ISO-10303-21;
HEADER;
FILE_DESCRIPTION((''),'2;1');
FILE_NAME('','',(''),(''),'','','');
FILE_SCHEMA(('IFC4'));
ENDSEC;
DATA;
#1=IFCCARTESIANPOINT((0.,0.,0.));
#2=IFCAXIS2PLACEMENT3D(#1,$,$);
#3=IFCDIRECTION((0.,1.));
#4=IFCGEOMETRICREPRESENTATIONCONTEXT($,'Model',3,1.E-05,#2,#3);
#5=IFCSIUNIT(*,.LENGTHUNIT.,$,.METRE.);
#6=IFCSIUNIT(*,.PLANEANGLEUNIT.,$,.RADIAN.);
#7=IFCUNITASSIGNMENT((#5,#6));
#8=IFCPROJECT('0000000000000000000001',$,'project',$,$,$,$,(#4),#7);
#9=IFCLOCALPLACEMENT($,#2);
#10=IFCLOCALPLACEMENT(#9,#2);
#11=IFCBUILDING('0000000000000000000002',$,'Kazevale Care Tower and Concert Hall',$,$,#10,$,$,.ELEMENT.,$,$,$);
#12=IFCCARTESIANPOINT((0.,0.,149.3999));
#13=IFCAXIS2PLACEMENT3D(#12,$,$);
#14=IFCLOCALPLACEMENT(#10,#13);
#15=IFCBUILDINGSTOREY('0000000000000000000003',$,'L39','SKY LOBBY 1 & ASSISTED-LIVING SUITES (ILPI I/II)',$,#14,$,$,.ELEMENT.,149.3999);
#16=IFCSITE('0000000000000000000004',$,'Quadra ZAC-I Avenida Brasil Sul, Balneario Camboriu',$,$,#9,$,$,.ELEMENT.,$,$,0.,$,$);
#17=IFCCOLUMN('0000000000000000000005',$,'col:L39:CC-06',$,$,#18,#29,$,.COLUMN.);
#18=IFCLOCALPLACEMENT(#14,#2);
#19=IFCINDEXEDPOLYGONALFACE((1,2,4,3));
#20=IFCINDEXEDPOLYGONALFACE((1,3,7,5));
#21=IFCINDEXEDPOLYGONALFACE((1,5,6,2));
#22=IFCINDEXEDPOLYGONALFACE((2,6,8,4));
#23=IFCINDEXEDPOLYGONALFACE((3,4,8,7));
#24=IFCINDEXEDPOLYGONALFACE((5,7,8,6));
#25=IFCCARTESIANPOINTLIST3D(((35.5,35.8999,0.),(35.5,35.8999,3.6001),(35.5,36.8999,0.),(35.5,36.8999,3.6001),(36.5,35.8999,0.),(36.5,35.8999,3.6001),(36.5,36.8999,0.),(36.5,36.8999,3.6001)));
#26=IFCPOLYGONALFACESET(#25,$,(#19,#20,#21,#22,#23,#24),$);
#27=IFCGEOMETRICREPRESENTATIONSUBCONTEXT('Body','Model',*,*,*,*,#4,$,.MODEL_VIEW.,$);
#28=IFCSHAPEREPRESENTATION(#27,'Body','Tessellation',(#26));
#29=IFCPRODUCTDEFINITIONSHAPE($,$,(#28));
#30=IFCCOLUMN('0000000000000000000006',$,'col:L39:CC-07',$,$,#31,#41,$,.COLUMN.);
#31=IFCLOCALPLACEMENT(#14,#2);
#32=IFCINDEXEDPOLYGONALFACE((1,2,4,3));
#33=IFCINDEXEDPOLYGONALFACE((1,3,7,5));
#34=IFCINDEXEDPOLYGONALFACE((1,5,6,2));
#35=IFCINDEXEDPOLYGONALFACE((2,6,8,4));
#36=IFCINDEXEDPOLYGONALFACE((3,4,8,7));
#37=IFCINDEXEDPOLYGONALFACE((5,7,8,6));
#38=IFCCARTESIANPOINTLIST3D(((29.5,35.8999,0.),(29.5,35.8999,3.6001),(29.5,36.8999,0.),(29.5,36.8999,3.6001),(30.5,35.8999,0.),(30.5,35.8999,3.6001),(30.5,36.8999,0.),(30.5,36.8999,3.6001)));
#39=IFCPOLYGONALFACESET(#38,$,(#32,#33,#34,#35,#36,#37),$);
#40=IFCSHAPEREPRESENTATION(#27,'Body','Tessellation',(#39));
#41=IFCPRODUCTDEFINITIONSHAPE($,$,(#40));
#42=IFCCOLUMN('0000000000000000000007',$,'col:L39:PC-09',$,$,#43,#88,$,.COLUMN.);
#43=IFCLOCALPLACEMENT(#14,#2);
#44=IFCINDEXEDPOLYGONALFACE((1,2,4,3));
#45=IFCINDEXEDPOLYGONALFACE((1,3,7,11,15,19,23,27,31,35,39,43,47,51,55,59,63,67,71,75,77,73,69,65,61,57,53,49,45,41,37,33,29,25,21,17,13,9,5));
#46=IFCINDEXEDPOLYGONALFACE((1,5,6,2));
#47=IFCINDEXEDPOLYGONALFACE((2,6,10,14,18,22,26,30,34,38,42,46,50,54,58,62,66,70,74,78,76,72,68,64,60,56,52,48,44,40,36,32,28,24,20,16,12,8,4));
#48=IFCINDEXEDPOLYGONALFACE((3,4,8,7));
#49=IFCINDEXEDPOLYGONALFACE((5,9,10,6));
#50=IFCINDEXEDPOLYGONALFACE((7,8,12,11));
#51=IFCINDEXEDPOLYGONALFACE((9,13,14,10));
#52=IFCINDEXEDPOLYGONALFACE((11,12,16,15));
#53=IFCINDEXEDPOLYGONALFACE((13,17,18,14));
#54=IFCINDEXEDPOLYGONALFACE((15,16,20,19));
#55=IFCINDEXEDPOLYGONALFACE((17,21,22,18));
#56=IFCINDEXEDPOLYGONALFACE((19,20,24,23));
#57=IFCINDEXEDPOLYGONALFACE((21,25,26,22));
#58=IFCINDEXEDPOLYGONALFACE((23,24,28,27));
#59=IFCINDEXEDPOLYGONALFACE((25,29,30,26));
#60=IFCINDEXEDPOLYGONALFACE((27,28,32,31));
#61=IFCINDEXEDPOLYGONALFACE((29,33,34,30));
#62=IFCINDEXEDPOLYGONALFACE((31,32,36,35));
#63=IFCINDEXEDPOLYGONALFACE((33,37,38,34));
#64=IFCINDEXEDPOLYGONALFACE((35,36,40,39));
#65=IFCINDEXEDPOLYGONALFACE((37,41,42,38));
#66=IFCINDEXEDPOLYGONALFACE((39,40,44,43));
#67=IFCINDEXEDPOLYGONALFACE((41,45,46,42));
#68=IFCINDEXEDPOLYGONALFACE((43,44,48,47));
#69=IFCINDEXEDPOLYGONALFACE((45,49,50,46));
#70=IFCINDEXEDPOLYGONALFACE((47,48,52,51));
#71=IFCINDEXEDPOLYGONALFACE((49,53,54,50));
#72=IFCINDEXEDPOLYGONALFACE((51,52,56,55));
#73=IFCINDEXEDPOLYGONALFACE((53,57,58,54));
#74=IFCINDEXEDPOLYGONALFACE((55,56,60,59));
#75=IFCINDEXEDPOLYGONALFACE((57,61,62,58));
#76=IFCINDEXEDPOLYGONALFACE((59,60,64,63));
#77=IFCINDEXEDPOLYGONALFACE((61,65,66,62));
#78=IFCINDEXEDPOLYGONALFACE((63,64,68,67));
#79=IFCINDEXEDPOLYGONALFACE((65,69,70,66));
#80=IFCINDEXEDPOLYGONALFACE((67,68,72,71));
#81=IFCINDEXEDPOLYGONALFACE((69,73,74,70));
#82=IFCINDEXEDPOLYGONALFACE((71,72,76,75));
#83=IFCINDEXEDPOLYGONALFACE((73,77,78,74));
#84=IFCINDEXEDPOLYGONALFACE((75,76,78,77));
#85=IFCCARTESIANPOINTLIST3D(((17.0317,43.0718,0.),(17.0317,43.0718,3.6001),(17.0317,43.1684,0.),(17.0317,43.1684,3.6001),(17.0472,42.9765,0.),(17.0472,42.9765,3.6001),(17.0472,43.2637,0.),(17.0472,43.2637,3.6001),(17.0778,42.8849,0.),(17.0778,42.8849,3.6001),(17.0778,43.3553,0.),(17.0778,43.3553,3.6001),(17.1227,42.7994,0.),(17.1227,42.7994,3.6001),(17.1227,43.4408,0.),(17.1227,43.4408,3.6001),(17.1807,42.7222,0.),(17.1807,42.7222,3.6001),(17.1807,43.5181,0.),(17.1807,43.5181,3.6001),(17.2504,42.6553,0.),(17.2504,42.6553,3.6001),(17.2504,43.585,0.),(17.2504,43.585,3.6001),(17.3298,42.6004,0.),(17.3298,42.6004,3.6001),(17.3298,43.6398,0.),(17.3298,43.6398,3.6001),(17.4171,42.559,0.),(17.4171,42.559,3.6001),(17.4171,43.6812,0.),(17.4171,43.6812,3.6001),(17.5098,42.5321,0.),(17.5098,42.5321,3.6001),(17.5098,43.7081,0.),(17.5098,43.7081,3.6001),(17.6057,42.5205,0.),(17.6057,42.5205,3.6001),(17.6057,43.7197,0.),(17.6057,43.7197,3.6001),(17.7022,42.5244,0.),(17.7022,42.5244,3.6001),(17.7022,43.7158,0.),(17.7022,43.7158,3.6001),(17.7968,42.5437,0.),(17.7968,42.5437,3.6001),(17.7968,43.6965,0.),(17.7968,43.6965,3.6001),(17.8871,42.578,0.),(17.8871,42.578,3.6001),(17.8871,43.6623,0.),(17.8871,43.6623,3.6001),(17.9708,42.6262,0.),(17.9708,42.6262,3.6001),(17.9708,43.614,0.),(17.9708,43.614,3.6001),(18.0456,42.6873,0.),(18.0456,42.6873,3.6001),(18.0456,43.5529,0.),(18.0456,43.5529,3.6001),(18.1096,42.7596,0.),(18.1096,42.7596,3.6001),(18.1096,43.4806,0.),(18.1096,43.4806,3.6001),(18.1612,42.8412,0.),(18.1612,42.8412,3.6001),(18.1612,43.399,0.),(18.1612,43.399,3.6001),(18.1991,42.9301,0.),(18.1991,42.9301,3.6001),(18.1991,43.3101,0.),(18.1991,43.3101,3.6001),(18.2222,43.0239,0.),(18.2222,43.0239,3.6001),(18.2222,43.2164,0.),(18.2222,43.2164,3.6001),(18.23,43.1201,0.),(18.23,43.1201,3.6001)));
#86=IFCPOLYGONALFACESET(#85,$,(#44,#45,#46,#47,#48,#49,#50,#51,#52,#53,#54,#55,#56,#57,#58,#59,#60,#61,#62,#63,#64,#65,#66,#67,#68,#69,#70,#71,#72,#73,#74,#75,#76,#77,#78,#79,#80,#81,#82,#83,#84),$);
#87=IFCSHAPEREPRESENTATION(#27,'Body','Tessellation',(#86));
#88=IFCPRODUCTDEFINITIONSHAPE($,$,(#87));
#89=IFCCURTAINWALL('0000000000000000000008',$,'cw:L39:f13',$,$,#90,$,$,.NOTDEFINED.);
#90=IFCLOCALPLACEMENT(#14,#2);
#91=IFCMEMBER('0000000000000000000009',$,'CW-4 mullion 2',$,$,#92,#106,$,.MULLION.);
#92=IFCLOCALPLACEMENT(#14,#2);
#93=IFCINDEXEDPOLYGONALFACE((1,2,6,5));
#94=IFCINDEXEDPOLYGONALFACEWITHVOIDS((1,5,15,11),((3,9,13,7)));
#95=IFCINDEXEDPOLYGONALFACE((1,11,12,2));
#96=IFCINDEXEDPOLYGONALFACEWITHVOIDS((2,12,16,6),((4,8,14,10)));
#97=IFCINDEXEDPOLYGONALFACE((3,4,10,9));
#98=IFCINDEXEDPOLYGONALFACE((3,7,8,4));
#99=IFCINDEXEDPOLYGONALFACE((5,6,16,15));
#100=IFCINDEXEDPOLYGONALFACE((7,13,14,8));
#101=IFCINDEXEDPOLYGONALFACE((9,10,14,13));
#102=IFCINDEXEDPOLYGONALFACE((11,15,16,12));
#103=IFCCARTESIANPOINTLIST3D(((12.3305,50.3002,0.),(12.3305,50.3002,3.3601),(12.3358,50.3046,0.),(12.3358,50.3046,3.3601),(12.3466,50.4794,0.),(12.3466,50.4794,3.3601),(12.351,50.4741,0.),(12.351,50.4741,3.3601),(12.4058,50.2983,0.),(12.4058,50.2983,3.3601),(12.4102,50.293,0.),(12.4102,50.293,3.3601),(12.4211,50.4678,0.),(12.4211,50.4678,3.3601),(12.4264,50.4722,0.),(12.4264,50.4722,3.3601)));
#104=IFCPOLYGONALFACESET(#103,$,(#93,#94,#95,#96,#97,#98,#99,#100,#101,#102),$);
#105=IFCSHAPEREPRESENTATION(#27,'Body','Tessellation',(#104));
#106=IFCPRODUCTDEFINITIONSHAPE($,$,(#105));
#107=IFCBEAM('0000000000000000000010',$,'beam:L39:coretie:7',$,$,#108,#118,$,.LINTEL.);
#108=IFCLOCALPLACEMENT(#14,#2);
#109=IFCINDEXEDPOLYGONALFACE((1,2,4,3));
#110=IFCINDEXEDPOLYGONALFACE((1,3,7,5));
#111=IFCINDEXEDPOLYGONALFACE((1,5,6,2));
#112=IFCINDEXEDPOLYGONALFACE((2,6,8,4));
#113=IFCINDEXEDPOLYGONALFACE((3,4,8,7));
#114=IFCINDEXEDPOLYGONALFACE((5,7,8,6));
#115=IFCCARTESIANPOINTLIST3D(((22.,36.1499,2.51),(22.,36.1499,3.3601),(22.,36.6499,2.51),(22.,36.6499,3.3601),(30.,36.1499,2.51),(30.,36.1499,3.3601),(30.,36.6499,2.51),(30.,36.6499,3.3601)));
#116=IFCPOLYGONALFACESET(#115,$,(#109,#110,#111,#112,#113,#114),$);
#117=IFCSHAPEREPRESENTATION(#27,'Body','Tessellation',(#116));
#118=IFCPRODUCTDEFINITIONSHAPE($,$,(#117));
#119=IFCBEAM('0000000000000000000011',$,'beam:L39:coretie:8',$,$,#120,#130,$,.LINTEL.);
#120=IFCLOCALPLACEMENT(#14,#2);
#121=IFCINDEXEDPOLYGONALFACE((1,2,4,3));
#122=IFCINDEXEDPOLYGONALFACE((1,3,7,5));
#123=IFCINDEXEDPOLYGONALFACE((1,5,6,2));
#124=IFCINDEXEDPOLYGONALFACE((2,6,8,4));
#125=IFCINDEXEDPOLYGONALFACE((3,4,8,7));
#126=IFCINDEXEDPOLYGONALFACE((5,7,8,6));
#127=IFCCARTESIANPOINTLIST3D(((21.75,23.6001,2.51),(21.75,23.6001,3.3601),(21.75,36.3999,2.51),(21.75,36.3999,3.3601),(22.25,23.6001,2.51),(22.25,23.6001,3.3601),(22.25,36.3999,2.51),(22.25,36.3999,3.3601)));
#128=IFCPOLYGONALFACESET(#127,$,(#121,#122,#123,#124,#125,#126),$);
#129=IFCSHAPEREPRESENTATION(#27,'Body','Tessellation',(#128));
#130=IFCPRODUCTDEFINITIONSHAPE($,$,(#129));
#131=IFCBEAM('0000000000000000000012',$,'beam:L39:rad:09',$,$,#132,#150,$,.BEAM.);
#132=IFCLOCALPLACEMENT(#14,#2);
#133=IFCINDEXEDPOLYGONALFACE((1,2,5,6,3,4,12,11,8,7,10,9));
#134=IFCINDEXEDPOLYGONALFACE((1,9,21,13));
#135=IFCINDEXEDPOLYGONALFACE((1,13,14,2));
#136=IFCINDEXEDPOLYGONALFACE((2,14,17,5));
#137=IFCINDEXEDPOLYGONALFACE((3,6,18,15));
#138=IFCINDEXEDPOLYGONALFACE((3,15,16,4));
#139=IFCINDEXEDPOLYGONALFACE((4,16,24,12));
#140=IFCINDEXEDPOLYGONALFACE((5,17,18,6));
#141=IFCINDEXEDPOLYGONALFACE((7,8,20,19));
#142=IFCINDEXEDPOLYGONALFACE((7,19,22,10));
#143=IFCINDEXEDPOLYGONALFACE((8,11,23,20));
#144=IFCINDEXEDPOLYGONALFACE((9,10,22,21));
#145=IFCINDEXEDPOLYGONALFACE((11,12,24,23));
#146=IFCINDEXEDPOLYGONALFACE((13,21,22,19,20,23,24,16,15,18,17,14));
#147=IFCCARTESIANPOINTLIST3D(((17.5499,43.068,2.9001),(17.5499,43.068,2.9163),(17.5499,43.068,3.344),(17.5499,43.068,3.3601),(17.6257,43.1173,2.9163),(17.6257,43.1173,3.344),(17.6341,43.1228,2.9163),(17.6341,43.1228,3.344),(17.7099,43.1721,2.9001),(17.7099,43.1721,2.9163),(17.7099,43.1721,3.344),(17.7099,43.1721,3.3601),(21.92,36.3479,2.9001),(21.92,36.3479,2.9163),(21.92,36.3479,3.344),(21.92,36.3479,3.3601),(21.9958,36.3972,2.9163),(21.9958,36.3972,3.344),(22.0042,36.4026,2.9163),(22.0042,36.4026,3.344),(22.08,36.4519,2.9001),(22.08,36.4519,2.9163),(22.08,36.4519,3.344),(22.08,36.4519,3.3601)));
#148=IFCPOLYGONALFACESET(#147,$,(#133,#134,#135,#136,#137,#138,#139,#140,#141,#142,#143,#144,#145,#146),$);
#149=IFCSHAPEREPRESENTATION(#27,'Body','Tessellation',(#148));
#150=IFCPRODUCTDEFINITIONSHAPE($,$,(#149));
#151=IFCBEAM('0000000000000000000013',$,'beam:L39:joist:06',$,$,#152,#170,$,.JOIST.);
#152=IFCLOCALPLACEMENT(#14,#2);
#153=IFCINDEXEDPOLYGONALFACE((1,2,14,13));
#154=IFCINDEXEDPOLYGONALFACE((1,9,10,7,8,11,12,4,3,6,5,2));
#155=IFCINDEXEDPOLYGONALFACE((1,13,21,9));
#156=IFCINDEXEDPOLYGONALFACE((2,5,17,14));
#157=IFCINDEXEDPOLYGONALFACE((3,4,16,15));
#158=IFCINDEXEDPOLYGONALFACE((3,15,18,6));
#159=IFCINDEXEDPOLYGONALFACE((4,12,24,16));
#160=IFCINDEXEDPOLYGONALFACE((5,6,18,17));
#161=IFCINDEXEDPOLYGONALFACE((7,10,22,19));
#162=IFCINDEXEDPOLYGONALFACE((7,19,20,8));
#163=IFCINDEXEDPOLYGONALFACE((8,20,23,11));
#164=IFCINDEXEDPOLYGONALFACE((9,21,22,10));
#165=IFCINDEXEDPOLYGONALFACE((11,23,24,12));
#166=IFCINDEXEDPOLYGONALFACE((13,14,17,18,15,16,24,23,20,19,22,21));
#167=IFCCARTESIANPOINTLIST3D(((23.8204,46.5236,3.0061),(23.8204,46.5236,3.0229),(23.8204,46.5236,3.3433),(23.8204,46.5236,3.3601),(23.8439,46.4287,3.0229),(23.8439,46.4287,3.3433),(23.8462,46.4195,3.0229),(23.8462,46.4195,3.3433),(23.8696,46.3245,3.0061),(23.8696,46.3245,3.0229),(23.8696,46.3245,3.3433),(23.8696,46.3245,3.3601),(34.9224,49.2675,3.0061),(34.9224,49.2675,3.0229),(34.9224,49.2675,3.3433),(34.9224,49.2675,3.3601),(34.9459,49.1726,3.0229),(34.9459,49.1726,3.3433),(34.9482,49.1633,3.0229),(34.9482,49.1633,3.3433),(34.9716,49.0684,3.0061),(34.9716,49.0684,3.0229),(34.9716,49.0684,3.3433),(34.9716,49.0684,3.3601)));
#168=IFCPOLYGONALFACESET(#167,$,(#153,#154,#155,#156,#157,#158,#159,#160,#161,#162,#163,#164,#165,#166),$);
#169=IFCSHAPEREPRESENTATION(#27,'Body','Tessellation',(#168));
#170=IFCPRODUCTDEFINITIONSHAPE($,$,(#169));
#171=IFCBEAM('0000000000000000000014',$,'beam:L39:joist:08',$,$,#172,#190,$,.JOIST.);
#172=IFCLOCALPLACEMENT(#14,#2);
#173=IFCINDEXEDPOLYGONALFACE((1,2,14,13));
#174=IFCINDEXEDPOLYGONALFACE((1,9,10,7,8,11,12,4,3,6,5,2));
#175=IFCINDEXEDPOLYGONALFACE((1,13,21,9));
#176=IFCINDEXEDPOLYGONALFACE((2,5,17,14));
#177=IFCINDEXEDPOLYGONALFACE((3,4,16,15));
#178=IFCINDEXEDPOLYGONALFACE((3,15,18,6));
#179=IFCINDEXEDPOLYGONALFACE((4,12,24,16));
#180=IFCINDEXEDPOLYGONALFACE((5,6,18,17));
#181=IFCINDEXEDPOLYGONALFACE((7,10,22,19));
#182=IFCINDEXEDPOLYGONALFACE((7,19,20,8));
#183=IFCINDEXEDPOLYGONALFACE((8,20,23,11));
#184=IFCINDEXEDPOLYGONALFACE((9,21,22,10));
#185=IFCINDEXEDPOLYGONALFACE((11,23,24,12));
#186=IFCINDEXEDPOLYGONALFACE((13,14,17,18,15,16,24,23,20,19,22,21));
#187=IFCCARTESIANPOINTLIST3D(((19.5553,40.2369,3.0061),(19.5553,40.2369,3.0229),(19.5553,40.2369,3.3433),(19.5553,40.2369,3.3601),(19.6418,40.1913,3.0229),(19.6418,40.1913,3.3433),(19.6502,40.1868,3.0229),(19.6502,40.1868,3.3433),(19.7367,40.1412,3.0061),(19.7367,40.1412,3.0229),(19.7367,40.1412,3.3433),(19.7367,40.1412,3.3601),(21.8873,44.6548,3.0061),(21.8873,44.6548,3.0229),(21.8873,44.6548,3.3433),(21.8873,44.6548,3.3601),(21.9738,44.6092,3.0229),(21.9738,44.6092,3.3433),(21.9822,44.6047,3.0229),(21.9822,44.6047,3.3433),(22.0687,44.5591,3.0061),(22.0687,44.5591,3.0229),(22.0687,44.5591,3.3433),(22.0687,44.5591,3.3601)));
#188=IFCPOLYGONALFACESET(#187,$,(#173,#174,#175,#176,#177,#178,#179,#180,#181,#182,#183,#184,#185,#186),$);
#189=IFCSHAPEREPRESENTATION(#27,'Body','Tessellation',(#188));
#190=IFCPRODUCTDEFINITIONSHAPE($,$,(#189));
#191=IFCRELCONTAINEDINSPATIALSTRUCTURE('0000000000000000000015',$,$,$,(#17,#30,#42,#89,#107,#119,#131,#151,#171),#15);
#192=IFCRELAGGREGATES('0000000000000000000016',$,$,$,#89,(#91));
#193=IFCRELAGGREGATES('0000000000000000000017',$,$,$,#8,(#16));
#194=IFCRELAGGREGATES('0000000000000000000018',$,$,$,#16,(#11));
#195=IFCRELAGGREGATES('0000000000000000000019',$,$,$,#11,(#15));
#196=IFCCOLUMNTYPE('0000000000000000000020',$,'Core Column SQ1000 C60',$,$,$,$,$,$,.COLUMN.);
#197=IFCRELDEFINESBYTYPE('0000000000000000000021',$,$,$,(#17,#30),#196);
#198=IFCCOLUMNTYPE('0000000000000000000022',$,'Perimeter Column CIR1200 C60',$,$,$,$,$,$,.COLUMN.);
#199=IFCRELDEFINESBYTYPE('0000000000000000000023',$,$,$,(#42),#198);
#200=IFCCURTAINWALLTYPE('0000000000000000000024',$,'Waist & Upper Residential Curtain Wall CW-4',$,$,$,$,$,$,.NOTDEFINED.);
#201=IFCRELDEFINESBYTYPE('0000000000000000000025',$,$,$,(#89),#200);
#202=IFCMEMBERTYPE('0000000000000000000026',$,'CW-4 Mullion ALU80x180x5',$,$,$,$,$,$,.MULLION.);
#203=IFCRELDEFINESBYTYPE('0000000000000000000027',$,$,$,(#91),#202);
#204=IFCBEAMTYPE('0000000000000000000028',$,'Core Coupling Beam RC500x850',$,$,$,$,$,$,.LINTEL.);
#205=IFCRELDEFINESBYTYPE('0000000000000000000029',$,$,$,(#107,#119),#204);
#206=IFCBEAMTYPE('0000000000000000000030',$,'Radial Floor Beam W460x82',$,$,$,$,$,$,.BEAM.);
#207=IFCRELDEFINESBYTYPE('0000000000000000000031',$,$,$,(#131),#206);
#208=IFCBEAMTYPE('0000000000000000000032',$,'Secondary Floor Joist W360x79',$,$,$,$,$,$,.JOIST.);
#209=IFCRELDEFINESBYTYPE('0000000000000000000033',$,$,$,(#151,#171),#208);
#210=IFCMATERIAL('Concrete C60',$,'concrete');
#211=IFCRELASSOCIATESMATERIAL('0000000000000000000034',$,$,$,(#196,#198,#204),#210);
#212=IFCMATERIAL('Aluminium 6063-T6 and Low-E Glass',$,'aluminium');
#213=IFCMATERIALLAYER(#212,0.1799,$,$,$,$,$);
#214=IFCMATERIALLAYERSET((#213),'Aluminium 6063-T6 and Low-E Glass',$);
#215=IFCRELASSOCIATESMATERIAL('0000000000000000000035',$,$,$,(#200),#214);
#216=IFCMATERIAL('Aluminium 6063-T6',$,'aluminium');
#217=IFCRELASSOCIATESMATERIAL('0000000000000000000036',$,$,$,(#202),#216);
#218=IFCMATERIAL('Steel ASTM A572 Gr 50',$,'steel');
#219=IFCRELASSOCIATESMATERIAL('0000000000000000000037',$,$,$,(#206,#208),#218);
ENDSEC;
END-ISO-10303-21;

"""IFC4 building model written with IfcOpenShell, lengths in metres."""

from ifc_helpers import new_model, si_unit, direction, frame, origin, origin_2d, place, context, subcontext, project, spatial, rectangle, hollow_rectangle, circle, i_section, extrude, material, layer, layer_set, material_profile, profile_set, type_object, element, aggregate, save


model = new_model("IFC4")

# Units and contexts
model_context = context("Model", 3, precision=1e-05, world=origin(), true_north=direction((0.0, 1.0)))
body_context = subcontext(model_context, "Body", "Model", "MODEL_VIEW")
ifc_project = project(units=[si_unit("LENGTHUNIT", "METRE"), si_unit("PLANEANGLEUNIT", "RADIAN")], contexts=[model_context])

# Site, building, storey
site_placement = place(None, origin())
site = spatial("IfcSite", under=ifc_project, at=site_placement, Name="Quadra ZAC-I Avenida Brasil Sul, Balneario Camboriu", CompositionType="ELEMENT", RefElevation=0.0)
building_placement = place(site_placement, origin())
building = spatial("IfcBuilding", under=site, at=building_placement, Name="Kazevale Care Tower and Concert Hall", CompositionType="ELEMENT")
storey_placement = place(building_placement, frame((0.0, 0.0, 149.3999)))
storey = spatial("IfcBuildingStorey", under=building, at=storey_placement, Name="L39", Description="SKY LOBBY 1 & ASSISTED-LIVING SUITES (ILPI I/II)", CompositionType="ELEMENT", Elevation=149.3999)

# Columns
ifc_material_1 = material(Name="Concrete C60", Category="concrete")
ifc_material_profile_1 = material_profile(ifc_material_1, rectangle(XDim=1.0, YDim=1.0, at=origin_2d()), Name="RC-SQ1000")
ifc_profile_set_1 = profile_set([ifc_material_profile_1], Name="Concrete C60")
column_type_1 = type_object("IfcColumnType", Name="Core Column SQ1000 C60", PredefinedType="COLUMN", material=ifc_profile_set_1)
for number, where, z_axis, x_axis, name in (
    (1, (36.0, 36.3999, 0.0), (0.0, 0.0, 1.0), (1.0, 0.0, 0.0), "col:L39:CC-06"),
    (2, (30.0, 36.3999, 0.0), (0.0, 0.0, 1.0), (1.0, 0.0, 0.0), "col:L39:CC-07"),
):
    element("IfcColumn", number, at=place(storey_placement, frame(where, z_axis=z_axis, x_axis=x_axis)), inside=storey, type_object=column_type_1, Name=name, PredefinedType="COLUMN", context=body_context, shape_type="SweptSolid", body=[
        extrude(rectangle(XDim=1.0, YDim=1.0, at=origin_2d()), origin(), (0.0, 0.0, 1.0), 3.6001),
    ])
ifc_material_profile_2 = material_profile(ifc_material_1, circle(Radius=0.6001, at=origin_2d()), Name="RC-CIR1200")
ifc_profile_set_2 = profile_set([ifc_material_profile_2], Name="Concrete C60")
column_type_2 = type_object("IfcColumnType", Name="Perimeter Column CIR1200 C60", PredefinedType="COLUMN", material=ifc_profile_set_2)
column_placement = place(storey_placement, frame((17.6299, 43.1201, 0.0), z_axis=(0.0, 0.0, 1.0), x_axis=(1.0, 0.0, 0.0)))
element("IfcColumn", 3, at=column_placement, inside=storey, type_object=column_type_2, Name="col:L39:PC-09", PredefinedType="COLUMN", context=body_context, shape_type="SweptSolid", body=[
    extrude(circle(Radius=0.6001, at=origin_2d()), origin(), (0.0, 0.0, 1.0), 3.6001),
])

# Curtain wall, member
ifc_material_2 = material(Name="Aluminium 6063-T6 and Low-E Glass", Category="aluminium")
ifc_layer_1 = layer(ifc_material_2, 0.1799)
ifc_layer_set_1 = layer_set([ifc_layer_1], Name="Aluminium 6063-T6 and Low-E Glass")
curtain_wall_type = type_object("IfcCurtainWallType", Name="Waist & Upper Residential Curtain Wall CW-4", PredefinedType="NOTDEFINED", material=ifc_layer_set_1)
curtain_wall_placement = place(storey_placement, origin())
curtain_wall = element("IfcCurtainWall", 4, at=curtain_wall_placement, inside=storey, type_object=curtain_wall_type, Name="cw:L39:f13", PredefinedType="NOTDEFINED")
ifc_material_3 = material(Name="Aluminium 6063-T6", Category="aluminium")
ifc_material_profile_3 = material_profile(ifc_material_3, hollow_rectangle(XDim=0.0801, YDim=0.1799, WallThickness=0.0049, at=origin_2d()), Name="ALU80x180x5")
ifc_profile_set_3 = profile_set([ifc_material_profile_3], Name="Aluminium 6063-T6")
member_type = type_object("IfcMemberType", Name="CW-4 Mullion ALU80x180x5", PredefinedType="MULLION", material=ifc_profile_set_3)
member_placement = place(storey_placement, frame((12.3784, 50.3862, 0.0), z_axis=(0.0, 0.0, 1.0), x_axis=(-0.99597, 0.08969, 0.0)))
member = element("IfcMember", 5, at=member_placement, type_object=member_type, Name="CW-4 mullion 2", PredefinedType="MULLION", context=body_context, shape_type="SweptSolid", body=[
    extrude(hollow_rectangle(XDim=0.0801, YDim=0.1799, WallThickness=0.0049, at=origin_2d()), origin(), (0.0, 0.0, 1.0), 3.3601),
])

# Beams
ifc_material_profile_4 = material_profile(ifc_material_1, rectangle(XDim=0.5, YDim=0.8501, at=origin_2d()), Name="RC-B500x850")
ifc_profile_set_4 = profile_set([ifc_material_profile_4], Name="Concrete C60")
beam_type_1 = type_object("IfcBeamType", Name="Core Coupling Beam RC500x850", PredefinedType="LINTEL", material=ifc_profile_set_4)
beam_1_placement = place(storey_placement, frame((30.0, 36.3999, 2.9351), z_axis=(-1.0, 0.0, 0.0), x_axis=(0.0, -1.0, 0.0)))
element("IfcBeam", 6, at=beam_1_placement, inside=storey, type_object=beam_type_1, Name="beam:L39:coretie:7", PredefinedType="LINTEL", context=body_context, shape_type="SweptSolid", body=[
    extrude(rectangle(XDim=0.5, YDim=0.8501, at=origin_2d()), origin(), (0.0, 0.0, 1.0), 8.0),
])
beam_2_placement = place(storey_placement, frame((22.0, 36.3999, 2.9351), z_axis=(0.0, -1.0, 0.0), x_axis=(1.0, 0.0, 0.0)))
element("IfcBeam", 7, at=beam_2_placement, inside=storey, type_object=beam_type_1, Name="beam:L39:coretie:8", PredefinedType="LINTEL", context=body_context, shape_type="SweptSolid", body=[
    extrude(rectangle(XDim=0.5, YDim=0.8501, at=origin_2d()), origin(), (0.0, 0.0, 1.0), 12.7998),
])
ifc_material_4 = material(Name="Steel ASTM A572 Gr 50", Category="steel")
ifc_material_profile_5 = material_profile(ifc_material_4, i_section(OverallWidth=0.1909, OverallDepth=0.46, WebThickness=0.01, FlangeThickness=0.0161, at=origin_2d()), Name="W460x82")
ifc_profile_set_5 = profile_set([ifc_material_profile_5], Name="Steel ASTM A572 Gr 50")
beam_type_2 = type_object("IfcBeamType", Name="Radial Floor Beam W460x82", PredefinedType="BEAM", material=ifc_profile_set_5)
beam_3_placement = place(storey_placement, frame((22.0, 36.3999, 3.1301), z_axis=(-0.545162, 0.838331, 0.0), x_axis=(-0.838331, -0.545162, 0.0)))
element("IfcBeam", 8, at=beam_3_placement, inside=storey, type_object=beam_type_2, Name="beam:L39:rad:09", PredefinedType="BEAM", context=body_context, shape_type="SweptSolid", body=[
    extrude(i_section(OverallWidth=0.1909, OverallDepth=0.46, WebThickness=0.01, FlangeThickness=0.0161, at=origin_2d()), origin(), (0.0, 0.0, 1.0), 8.0161),
])
ifc_material_profile_6 = material_profile(ifc_material_4, i_section(OverallWidth=0.2051, OverallDepth=0.354, WebThickness=0.0095, FlangeThickness=0.0168, at=origin_2d()), Name="W360x79")
ifc_profile_set_6 = profile_set([ifc_material_profile_6], Name="Steel ASTM A572 Gr 50")
beam_type_3 = type_object("IfcBeamType", Name="Secondary Floor Joist W360x79", PredefinedType="JOIST", material=ifc_profile_set_6)
beam_4_placement = place(storey_placement, frame((34.947, 49.168, 3.1831), z_axis=(-0.97079, -0.239933, 0.0), x_axis=(0.239933, -0.97079, 0.0)))
element("IfcBeam", 9, at=beam_4_placement, inside=storey, type_object=beam_type_3, Name="beam:L39:joist:06", PredefinedType="JOIST", context=body_context, shape_type="SweptSolid", body=[
    extrude(i_section(OverallWidth=0.2051, OverallDepth=0.354, WebThickness=0.0095, FlangeThickness=0.0168, at=origin_2d()), origin(), (0.0, 0.0, 1.0), 11.436),
])
beam_5_placement = place(storey_placement, frame((21.978, 44.6069, 3.1831), z_axis=(-0.46681, -0.884358, 0.0), x_axis=(0.884358, -0.46681, 0.0)))
element("IfcBeam", 10, at=beam_5_placement, inside=storey, type_object=beam_type_3, Name="beam:L39:joist:08", PredefinedType="JOIST", context=body_context, shape_type="SweptSolid", body=[
    extrude(i_section(OverallWidth=0.2051, OverallDepth=0.354, WebThickness=0.0095, FlangeThickness=0.0168, at=origin_2d()), origin(), (0.0, 0.0, 1.0), 4.9956),
])

aggregate(curtain_wall, [member])

save(model, "model.ifc")
